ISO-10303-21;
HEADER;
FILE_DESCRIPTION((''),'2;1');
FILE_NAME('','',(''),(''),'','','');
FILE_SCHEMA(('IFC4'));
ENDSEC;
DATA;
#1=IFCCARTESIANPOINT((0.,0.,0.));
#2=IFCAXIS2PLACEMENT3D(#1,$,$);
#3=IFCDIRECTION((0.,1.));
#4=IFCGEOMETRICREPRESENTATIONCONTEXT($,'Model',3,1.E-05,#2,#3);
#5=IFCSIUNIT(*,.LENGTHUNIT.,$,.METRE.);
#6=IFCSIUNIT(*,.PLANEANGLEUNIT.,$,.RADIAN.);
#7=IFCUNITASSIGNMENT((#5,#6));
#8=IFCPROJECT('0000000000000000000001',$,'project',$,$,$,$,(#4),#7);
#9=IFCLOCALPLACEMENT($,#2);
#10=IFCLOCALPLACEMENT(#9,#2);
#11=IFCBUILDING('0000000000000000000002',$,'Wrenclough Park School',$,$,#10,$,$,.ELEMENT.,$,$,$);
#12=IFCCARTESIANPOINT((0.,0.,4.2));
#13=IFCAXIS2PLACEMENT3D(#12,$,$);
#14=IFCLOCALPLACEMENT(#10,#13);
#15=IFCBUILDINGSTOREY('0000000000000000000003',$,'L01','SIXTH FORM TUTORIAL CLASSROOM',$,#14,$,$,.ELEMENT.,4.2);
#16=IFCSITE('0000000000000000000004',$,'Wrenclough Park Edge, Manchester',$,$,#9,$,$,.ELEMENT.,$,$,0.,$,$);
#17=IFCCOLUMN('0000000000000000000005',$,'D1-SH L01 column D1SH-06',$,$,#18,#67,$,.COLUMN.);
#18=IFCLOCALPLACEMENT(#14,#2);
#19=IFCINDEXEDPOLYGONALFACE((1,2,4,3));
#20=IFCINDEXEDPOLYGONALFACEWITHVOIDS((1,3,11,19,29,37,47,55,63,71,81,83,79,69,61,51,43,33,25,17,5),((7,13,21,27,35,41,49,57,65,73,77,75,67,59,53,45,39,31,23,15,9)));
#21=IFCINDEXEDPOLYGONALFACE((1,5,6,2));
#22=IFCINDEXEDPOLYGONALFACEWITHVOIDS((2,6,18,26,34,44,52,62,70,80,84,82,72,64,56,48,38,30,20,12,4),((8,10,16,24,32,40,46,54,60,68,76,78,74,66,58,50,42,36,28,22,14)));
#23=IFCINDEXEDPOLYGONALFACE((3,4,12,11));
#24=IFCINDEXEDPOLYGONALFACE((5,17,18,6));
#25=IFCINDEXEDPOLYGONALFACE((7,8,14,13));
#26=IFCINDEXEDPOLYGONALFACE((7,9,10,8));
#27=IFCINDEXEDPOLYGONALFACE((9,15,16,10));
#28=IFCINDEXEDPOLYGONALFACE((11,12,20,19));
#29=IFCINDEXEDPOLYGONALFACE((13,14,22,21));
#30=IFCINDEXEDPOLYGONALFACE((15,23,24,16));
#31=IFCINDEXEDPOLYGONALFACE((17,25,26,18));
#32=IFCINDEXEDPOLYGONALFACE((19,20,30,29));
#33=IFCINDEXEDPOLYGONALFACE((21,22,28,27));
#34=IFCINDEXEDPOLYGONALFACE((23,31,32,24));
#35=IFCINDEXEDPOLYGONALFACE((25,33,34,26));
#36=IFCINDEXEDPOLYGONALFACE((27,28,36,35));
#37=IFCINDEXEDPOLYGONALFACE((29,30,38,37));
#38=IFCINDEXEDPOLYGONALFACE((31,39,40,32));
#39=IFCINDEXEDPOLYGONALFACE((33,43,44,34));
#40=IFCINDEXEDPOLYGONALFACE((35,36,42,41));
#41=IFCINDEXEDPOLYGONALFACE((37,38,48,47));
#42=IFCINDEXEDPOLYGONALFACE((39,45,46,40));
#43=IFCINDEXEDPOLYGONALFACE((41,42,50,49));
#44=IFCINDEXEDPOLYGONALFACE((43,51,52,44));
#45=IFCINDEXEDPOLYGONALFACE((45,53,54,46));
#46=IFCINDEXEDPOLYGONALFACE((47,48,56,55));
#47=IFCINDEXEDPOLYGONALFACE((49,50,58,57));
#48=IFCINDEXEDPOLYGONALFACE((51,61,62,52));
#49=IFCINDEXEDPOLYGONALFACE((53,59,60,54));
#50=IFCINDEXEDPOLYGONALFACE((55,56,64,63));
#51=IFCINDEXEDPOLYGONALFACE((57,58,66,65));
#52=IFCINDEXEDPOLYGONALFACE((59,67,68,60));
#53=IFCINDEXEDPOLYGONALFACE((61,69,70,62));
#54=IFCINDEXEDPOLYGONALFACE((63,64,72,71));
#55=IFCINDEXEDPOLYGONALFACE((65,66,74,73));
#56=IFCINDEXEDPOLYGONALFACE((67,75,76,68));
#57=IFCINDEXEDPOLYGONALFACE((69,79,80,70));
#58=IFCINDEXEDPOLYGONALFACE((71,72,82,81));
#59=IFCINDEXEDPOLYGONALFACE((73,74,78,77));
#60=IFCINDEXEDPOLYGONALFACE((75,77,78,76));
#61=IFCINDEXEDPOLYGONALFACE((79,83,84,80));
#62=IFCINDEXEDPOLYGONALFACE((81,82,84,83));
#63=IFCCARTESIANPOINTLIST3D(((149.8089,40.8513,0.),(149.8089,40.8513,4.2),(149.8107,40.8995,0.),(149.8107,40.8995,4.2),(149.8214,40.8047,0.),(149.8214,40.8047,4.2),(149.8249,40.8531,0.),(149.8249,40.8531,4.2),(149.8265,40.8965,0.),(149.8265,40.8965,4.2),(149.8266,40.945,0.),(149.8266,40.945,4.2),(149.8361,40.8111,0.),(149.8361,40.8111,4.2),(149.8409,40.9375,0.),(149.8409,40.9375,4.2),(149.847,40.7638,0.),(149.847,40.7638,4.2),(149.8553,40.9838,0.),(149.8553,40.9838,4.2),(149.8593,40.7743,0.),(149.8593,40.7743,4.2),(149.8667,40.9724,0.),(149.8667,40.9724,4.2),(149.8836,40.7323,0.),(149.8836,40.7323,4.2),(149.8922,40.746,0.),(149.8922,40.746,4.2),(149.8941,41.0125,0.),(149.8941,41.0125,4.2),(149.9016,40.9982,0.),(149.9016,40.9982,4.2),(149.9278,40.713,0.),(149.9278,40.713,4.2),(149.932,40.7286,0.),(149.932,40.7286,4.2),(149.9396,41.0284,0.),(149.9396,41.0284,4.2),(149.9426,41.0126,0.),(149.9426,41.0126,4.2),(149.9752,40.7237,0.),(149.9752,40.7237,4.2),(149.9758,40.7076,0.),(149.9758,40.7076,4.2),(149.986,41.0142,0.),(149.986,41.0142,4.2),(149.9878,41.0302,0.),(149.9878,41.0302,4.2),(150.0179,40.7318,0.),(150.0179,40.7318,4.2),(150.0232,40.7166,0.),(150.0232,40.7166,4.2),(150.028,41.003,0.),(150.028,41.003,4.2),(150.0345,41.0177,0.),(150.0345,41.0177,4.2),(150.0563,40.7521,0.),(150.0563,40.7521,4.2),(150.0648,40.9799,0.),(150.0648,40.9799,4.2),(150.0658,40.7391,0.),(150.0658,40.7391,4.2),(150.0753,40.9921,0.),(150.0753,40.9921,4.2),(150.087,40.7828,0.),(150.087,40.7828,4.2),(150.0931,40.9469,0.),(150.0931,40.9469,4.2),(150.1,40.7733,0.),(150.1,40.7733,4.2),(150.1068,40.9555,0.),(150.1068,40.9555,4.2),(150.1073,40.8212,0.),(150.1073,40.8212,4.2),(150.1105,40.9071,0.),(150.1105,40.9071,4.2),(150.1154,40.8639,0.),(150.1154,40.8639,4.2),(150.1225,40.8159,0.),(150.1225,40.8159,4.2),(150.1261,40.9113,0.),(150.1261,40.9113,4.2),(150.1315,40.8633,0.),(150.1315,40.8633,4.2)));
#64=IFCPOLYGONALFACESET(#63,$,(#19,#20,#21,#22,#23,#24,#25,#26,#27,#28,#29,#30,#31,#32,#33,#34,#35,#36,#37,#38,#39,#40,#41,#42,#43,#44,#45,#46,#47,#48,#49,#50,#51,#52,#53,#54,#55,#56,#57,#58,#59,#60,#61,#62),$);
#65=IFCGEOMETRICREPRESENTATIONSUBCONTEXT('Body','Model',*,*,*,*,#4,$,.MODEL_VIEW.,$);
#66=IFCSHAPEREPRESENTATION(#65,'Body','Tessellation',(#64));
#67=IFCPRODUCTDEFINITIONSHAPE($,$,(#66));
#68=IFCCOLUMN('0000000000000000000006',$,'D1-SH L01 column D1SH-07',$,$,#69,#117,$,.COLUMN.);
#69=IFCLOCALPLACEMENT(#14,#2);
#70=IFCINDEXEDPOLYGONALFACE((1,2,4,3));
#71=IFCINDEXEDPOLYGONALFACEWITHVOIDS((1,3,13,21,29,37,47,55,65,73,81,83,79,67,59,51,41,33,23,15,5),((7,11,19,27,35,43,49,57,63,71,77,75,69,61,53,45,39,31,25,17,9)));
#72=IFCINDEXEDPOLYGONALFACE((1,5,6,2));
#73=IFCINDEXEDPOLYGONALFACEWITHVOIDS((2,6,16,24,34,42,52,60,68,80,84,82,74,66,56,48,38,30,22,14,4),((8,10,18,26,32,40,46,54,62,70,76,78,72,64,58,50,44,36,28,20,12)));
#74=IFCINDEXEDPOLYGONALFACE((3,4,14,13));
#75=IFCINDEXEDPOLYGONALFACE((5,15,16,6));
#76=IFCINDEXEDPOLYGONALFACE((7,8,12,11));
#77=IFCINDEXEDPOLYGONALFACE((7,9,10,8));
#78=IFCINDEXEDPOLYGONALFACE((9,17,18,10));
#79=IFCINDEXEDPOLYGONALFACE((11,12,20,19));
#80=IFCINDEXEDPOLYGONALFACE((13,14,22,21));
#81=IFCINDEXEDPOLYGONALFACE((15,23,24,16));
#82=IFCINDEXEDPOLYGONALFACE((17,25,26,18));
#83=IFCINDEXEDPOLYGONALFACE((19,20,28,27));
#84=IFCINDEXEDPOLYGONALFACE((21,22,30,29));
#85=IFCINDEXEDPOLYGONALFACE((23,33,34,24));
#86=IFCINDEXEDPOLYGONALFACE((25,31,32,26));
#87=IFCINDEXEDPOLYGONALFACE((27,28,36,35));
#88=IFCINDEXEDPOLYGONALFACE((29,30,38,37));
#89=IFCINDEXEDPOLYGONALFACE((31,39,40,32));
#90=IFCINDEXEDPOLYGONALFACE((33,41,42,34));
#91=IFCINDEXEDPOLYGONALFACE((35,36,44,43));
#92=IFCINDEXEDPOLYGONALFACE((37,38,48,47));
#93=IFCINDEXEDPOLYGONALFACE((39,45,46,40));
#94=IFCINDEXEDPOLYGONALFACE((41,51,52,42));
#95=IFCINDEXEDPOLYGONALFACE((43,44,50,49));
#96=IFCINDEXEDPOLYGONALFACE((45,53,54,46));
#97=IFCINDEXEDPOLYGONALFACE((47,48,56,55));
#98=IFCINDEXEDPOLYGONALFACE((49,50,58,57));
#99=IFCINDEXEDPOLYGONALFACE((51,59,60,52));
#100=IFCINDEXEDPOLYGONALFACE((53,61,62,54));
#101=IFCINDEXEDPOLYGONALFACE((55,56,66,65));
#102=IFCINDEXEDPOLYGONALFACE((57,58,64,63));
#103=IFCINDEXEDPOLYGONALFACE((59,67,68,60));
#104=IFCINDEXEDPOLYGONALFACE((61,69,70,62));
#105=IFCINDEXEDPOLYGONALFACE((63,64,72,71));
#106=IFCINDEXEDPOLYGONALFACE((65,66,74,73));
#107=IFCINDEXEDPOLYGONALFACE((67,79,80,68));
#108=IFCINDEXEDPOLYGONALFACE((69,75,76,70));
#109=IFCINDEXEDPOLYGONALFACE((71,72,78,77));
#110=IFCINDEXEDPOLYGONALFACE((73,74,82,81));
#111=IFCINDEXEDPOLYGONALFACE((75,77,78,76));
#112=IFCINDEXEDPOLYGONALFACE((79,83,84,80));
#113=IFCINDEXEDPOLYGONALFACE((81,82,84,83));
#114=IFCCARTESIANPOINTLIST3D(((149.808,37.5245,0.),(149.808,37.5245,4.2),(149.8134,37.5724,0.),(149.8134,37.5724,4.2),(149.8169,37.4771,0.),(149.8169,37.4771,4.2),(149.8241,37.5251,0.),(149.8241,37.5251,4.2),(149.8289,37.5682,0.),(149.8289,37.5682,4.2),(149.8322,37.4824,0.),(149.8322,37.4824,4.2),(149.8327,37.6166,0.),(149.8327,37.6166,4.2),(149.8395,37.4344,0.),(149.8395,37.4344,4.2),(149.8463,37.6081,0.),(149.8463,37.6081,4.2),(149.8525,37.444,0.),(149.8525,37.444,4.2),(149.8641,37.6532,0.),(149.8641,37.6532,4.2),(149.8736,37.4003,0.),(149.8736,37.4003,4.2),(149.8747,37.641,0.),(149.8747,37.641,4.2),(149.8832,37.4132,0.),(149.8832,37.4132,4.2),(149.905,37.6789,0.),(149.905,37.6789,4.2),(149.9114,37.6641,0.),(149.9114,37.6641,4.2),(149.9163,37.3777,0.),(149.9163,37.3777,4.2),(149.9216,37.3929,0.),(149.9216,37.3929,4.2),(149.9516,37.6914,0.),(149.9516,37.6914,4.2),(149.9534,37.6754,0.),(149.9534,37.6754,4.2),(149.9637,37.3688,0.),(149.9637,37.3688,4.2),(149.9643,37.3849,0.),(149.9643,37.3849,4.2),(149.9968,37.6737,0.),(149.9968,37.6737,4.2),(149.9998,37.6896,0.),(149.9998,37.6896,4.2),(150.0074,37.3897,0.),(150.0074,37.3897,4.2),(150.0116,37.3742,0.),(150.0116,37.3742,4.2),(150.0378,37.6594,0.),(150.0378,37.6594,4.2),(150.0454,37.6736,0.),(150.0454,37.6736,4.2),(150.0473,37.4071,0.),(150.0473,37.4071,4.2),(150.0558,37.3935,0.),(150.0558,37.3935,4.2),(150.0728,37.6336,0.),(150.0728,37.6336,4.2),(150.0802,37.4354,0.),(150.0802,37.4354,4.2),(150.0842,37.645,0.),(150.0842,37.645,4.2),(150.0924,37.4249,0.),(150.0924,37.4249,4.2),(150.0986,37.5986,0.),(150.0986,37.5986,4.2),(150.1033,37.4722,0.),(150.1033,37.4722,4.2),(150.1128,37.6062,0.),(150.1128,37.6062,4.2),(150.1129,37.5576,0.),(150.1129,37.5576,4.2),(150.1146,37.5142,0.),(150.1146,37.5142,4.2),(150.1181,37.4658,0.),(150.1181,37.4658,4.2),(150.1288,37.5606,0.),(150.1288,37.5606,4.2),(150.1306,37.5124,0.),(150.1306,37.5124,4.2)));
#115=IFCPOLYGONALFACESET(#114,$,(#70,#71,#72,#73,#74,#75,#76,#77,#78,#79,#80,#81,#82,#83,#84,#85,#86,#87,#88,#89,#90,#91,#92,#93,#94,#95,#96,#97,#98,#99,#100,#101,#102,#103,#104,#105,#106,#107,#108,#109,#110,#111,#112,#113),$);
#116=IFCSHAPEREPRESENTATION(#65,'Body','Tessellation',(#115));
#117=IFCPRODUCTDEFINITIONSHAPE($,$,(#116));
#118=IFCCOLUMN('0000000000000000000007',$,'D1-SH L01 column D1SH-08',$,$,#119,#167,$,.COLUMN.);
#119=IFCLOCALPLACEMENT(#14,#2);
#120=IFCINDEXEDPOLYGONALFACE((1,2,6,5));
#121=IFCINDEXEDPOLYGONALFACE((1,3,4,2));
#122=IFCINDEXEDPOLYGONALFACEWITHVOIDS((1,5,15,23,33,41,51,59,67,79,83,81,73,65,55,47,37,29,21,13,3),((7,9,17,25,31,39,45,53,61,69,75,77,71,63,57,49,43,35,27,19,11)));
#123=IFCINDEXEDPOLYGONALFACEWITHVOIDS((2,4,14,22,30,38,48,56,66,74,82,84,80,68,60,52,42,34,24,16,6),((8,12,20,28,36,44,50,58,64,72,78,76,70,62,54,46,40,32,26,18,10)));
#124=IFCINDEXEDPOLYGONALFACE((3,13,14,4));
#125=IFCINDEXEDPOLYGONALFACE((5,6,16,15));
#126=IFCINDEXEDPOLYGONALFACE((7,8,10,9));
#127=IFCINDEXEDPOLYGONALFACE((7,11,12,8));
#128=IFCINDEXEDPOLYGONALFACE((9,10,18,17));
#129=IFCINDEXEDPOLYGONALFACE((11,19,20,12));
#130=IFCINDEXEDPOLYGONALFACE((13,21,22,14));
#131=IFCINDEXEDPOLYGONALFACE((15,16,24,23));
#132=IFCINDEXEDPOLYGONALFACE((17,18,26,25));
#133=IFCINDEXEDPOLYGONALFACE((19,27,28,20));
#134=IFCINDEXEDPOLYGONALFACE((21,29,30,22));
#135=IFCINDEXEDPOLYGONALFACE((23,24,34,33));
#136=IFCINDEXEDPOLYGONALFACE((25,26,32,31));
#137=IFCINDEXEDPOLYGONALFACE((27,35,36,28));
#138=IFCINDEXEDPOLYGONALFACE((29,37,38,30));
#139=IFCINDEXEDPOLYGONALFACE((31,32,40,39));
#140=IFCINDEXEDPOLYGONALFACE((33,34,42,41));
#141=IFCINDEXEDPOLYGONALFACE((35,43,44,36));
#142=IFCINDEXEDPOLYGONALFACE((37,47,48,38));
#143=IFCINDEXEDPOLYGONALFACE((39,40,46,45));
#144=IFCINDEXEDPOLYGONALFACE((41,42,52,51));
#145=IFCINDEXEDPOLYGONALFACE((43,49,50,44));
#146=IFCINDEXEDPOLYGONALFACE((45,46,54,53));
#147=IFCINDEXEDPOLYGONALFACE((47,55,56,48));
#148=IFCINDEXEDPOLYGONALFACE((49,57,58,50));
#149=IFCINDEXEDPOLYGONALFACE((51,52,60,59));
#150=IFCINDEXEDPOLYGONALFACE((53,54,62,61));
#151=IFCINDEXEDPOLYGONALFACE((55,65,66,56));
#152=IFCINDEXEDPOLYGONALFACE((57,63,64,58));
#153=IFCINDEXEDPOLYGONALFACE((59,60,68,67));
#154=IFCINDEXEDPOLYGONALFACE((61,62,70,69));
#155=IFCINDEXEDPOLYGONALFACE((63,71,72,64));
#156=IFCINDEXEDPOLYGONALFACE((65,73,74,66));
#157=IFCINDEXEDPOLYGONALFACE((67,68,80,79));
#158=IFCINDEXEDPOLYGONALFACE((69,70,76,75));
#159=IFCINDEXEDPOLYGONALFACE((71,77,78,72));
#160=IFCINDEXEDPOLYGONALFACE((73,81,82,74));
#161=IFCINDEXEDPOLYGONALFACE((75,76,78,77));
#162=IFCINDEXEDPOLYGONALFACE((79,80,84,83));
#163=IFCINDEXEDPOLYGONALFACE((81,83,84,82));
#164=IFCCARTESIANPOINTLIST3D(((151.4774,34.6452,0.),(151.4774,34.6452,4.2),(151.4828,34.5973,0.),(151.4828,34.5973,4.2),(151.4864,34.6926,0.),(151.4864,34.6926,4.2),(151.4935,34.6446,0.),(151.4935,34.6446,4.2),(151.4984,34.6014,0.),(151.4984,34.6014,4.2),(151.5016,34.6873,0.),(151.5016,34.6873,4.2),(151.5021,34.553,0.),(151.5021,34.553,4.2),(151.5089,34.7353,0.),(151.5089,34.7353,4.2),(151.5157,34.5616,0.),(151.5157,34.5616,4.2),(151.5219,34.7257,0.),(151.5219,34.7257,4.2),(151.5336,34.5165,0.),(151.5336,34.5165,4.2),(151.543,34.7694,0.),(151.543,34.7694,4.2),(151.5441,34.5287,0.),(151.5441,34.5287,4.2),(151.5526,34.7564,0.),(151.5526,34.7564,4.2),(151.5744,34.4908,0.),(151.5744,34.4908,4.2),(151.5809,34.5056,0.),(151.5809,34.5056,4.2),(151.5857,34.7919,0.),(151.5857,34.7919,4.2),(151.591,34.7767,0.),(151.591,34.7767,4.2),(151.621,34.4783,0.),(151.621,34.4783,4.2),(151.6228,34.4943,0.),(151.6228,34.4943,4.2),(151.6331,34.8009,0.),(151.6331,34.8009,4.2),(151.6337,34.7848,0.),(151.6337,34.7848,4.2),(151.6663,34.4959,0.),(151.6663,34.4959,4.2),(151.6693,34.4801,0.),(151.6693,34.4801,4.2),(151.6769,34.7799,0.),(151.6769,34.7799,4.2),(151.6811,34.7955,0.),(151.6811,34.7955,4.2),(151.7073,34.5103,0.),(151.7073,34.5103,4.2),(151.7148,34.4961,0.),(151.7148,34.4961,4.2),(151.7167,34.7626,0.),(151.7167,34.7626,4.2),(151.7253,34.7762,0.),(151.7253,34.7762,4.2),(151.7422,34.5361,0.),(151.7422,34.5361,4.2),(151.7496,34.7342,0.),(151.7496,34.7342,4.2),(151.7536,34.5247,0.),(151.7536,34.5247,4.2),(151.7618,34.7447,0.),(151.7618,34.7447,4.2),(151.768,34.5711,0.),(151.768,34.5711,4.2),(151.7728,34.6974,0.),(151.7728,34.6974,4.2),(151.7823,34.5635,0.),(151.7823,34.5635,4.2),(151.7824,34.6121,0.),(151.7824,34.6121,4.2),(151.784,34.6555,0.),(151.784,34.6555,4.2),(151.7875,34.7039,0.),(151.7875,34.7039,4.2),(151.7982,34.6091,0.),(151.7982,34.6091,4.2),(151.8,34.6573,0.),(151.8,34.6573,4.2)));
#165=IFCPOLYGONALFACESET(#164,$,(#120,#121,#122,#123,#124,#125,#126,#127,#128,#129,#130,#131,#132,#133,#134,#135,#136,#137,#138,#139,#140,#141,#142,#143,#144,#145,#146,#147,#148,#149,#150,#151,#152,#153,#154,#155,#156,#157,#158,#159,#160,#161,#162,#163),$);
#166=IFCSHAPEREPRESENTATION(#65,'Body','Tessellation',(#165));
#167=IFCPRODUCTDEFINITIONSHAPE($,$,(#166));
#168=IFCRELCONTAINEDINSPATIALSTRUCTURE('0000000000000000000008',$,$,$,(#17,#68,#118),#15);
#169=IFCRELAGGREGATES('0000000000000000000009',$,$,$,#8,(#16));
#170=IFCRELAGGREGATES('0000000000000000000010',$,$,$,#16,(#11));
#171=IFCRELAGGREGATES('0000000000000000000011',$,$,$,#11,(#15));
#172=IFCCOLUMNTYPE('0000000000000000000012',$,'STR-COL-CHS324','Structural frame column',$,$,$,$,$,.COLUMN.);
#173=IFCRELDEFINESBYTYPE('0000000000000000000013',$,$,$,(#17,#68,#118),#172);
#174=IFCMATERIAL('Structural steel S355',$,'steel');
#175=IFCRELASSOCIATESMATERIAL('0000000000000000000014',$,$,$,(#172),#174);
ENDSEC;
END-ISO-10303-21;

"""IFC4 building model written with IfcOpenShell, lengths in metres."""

from ifc_helpers import new_model, si_unit, direction, frame, origin, origin_2d, place, context, subcontext, project, spatial, hollow_circle, extrude, material, material_profile, profile_set, type_object, element, save


model = new_model("IFC4")

# Units and contexts
model_context = context("Model", 3, precision=1e-05, world=origin(), true_north=direction((0.0, 1.0)))
body_context = subcontext(model_context, "Body", "Model", "MODEL_VIEW")
ifc_project = project(units=[si_unit("LENGTHUNIT", "METRE"), si_unit("PLANEANGLEUNIT", "RADIAN")], contexts=[model_context])

# Site, building, storey
site_placement = place(None, origin())
site = spatial("IfcSite", under=ifc_project, at=site_placement, Name="Wrenclough Park Edge, Manchester", CompositionType="ELEMENT", RefElevation=0.0)
building_placement = place(site_placement, origin())
building = spatial("IfcBuilding", under=site, at=building_placement, Name="Wrenclough Park School", CompositionType="ELEMENT")
storey_placement = place(building_placement, frame((0.0, 0.0, 4.2)))
storey = spatial("IfcBuildingStorey", under=building, at=storey_placement, Name="L01", Description="SIXTH FORM TUTORIAL CLASSROOM", CompositionType="ELEMENT", Elevation=4.2)

# Columns
ifc_material_1 = material(Name="Structural steel S355", Category="steel")
ifc_material_profile_1 = material_profile(ifc_material_1, hollow_circle(Radius=0.1619, WallThickness=0.0161, at=origin_2d()), Name="CHS 323.9x16.0")
ifc_profile_set_1 = profile_set([ifc_material_profile_1], Name="Structural steel S355")
column_type_1 = type_object("IfcColumnType", Name="STR-COL-CHS324", Description="Structural frame column", PredefinedType="COLUMN", material=ifc_profile_set_1)
for number, where, z_axis, x_axis, name in (
    (1, (149.9697, 40.8694, 0.0), (0.0, 0.0, 1.0), (-0.258819, -0.965926, 0.0), "D1-SH L01 column D1SH-06"),
    (2, (149.9697, 37.5305, 0.0), (0.0, 0.0, 1.0), (0.258819, -0.965926, 0.0), "D1-SH L01 column D1SH-07"),
    (3, (151.6392, 34.6392, 0.0), (0.0, 0.0, 1.0), (0.707107, -0.707107, 0.0), "D1-SH L01 column D1SH-08"),
):
    element("IfcColumn", number, at=place(storey_placement, frame(where, z_axis=z_axis, x_axis=x_axis)), inside=storey, type_object=column_type_1, Name=name, PredefinedType="COLUMN", context=body_context, shape_type="SweptSolid", body=[
        extrude(hollow_circle(Radius=0.1619, WallThickness=0.0161, at=origin_2d()), origin(), (0.0, 0.0, 1.0), 4.2),
    ])

save(model, "model.ifc")
